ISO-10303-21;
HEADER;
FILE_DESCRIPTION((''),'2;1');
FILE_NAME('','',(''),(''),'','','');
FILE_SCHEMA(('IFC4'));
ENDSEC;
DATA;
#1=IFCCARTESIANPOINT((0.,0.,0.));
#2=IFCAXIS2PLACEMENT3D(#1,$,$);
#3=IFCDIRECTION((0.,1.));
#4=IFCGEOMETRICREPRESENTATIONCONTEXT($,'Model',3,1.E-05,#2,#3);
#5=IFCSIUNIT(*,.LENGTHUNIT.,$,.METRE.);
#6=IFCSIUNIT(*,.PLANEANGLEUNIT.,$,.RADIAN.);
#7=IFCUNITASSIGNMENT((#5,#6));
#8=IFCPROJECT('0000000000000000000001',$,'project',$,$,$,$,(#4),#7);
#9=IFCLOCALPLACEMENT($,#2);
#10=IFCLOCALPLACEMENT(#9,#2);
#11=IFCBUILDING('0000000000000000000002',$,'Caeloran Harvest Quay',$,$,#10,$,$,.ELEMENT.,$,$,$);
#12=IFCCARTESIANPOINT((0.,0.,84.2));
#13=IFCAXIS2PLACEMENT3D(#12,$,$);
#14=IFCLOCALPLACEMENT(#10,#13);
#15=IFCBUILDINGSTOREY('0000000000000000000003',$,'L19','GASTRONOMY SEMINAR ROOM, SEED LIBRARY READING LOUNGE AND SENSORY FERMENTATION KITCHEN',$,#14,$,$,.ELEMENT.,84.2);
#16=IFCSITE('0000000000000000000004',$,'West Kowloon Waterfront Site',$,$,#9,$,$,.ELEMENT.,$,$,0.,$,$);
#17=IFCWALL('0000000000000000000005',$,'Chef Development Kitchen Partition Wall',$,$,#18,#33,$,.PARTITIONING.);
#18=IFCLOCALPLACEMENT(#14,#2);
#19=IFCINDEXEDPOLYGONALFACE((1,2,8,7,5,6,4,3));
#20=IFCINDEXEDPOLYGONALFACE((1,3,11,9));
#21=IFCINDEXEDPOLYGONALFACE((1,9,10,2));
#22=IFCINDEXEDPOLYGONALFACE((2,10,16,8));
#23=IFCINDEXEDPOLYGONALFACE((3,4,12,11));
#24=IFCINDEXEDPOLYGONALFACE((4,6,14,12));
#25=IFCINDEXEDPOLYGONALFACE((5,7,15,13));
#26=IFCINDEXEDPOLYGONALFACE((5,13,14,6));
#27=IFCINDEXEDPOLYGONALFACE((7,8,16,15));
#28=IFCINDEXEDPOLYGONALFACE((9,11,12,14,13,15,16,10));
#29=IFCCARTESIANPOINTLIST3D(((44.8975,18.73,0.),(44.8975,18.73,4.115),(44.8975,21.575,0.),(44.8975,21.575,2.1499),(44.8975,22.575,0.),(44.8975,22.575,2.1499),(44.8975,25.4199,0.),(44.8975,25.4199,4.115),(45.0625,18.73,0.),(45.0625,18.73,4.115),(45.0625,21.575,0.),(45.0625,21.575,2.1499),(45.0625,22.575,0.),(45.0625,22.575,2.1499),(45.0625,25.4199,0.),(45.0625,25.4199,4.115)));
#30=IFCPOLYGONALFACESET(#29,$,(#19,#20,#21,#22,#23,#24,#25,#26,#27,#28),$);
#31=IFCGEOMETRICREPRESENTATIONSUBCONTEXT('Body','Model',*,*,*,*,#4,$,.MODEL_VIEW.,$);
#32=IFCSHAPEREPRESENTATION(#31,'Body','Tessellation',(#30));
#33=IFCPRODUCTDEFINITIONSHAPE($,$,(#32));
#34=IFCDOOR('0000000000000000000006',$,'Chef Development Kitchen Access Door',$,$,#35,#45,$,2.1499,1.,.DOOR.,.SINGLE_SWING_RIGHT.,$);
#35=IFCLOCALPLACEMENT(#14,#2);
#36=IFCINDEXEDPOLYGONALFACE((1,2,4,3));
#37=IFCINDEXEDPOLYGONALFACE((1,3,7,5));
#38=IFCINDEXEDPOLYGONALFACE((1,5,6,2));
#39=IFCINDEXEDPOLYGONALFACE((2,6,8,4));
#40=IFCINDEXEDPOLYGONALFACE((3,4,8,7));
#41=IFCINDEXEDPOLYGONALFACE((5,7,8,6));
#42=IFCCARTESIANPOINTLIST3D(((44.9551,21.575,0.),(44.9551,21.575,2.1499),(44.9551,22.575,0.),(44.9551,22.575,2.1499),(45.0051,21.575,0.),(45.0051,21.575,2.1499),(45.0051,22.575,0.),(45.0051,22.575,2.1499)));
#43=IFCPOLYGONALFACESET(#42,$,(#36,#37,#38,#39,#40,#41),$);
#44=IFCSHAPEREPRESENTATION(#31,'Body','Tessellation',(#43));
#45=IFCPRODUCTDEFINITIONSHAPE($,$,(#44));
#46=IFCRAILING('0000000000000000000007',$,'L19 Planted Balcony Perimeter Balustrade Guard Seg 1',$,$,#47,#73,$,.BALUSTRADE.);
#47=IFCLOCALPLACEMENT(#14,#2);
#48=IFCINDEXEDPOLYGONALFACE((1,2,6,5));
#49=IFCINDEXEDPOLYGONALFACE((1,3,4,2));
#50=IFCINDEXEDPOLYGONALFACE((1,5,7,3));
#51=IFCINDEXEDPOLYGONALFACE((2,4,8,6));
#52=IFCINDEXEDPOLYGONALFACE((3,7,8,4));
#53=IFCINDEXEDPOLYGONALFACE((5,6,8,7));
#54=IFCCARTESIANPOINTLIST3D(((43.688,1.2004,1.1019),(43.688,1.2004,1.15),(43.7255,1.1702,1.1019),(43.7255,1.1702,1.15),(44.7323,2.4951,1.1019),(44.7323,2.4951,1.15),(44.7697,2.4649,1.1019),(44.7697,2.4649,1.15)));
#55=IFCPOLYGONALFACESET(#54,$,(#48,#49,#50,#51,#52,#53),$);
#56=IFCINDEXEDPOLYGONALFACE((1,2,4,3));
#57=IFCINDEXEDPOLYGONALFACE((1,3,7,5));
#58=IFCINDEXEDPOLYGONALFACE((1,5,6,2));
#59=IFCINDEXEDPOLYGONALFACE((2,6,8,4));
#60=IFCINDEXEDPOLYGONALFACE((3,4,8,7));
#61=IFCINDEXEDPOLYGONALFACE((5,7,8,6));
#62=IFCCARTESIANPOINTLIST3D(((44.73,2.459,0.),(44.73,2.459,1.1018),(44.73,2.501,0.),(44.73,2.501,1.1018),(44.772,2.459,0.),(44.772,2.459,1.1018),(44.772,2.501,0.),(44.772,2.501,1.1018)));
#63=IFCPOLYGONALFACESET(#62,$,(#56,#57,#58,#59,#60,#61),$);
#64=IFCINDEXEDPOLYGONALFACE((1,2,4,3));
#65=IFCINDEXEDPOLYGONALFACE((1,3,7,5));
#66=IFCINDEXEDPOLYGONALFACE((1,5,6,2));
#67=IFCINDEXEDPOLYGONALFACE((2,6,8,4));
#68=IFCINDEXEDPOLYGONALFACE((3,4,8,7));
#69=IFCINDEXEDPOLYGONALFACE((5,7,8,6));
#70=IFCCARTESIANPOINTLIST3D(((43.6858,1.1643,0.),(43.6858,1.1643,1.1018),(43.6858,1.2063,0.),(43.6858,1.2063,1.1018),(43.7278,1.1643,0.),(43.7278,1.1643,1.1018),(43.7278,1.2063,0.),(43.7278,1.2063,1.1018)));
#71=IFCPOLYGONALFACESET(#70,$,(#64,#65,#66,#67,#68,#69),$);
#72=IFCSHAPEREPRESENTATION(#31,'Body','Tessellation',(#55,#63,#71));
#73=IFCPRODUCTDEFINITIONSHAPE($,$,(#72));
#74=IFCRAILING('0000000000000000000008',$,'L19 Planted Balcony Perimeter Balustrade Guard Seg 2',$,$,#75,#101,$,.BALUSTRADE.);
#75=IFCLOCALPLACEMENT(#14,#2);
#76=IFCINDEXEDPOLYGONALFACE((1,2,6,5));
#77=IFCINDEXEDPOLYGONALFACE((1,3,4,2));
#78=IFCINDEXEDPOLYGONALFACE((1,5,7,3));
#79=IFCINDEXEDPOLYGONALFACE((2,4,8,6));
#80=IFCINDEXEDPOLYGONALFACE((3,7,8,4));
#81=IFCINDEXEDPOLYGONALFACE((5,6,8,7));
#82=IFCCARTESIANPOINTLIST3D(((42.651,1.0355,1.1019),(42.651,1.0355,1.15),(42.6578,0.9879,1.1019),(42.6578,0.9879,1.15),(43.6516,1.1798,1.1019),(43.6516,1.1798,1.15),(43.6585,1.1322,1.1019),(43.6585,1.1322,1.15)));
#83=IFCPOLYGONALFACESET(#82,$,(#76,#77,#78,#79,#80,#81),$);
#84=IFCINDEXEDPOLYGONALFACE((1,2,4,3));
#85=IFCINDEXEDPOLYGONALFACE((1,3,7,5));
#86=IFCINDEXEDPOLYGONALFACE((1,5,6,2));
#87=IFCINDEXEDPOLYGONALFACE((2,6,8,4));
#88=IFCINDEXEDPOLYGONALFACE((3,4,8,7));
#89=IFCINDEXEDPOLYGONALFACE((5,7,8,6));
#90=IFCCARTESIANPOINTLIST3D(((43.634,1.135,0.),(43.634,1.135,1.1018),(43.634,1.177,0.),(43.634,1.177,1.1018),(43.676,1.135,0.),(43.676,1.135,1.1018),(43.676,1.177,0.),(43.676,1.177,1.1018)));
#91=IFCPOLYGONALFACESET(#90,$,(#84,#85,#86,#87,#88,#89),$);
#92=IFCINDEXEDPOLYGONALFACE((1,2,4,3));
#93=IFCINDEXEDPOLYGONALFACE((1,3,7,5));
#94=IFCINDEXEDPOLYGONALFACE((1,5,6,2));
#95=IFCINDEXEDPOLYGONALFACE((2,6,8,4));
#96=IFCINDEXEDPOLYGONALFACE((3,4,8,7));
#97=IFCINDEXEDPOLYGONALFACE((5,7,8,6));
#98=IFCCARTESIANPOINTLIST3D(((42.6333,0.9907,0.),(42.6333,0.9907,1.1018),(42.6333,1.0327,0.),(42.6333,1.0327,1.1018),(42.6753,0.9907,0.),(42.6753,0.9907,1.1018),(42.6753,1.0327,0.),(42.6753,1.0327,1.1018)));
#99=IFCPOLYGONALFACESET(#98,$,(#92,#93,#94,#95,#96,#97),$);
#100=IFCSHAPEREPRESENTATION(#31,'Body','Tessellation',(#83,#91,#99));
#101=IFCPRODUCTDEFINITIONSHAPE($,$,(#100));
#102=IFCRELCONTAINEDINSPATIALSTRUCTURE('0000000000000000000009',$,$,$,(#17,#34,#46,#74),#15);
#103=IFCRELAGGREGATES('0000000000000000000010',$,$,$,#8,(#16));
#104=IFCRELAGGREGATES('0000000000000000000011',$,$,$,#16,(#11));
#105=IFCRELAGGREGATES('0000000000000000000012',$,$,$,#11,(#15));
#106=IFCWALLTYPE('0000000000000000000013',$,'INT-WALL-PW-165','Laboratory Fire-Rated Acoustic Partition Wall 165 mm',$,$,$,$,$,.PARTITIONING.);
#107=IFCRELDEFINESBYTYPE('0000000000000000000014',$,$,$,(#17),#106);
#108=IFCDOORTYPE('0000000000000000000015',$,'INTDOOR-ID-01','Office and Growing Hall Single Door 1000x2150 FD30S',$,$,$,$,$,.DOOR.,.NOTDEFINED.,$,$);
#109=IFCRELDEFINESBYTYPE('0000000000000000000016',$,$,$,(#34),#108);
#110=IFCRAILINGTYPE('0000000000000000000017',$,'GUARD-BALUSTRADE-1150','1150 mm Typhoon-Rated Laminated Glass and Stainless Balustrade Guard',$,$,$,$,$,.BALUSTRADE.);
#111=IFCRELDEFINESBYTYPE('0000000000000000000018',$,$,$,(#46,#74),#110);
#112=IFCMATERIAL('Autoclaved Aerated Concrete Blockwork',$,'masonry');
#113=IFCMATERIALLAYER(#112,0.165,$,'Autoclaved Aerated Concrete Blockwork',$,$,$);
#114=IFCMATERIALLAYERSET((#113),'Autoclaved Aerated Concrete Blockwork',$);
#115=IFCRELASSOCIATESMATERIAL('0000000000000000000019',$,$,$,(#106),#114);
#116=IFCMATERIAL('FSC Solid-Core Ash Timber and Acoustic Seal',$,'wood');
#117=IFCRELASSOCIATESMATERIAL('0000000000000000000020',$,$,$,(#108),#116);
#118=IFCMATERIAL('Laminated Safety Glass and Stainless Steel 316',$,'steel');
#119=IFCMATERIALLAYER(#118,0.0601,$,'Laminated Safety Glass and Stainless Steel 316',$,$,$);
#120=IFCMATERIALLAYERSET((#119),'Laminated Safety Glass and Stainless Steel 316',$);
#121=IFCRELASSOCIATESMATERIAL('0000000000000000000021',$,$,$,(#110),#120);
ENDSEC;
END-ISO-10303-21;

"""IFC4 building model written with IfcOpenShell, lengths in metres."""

from ifc_helpers import new_model, si_unit, direction, frame, frame_2d, origin, origin_2d, place, context, subcontext, project, spatial, rectangle, extrude, material, layer, layer_set, type_object, element, fill, save


model = new_model("IFC4")

# Units and contexts
model_context = context("Model", 3, precision=1e-05, world=origin(), true_north=direction((0.0, 1.0)))
body_context = subcontext(model_context, "Body", "Model", "MODEL_VIEW")
ifc_project = project(units=[si_unit("LENGTHUNIT", "METRE"), si_unit("PLANEANGLEUNIT", "RADIAN")], contexts=[model_context])

# Site, building, storey
site_placement = place(None, origin())
site = spatial("IfcSite", under=ifc_project, at=site_placement, Name="West Kowloon Waterfront Site", CompositionType="ELEMENT", RefElevation=0.0)
building_placement = place(site_placement, origin())
building = spatial("IfcBuilding", under=site, at=building_placement, Name="Caeloran Harvest Quay", CompositionType="ELEMENT")
storey_placement = place(building_placement, frame((0.0, 0.0, 84.2)))
storey = spatial("IfcBuildingStorey", under=building, at=storey_placement, Name="L19", Description="GASTRONOMY SEMINAR ROOM, SEED LIBRARY READING LOUNGE AND SENSORY FERMENTATION KITCHEN", CompositionType="ELEMENT", Elevation=84.2)

# Shared definitions
ifc_material_1 = material(Name="Autoclaved Aerated Concrete Blockwork", Category="masonry")
ifc_layer_1 = layer(ifc_material_1, 0.165, Name="Autoclaved Aerated Concrete Blockwork")
ifc_layer_set_1 = layer_set([ifc_layer_1], Name="Autoclaved Aerated Concrete Blockwork")
wall_type_1 = type_object("IfcWallType", Name="INT-WALL-PW-165", Description="Laboratory Fire-Rated Acoustic Partition Wall 165 mm", PredefinedType="PARTITIONING", material=ifc_layer_set_1)

# Wall, opening, door
wall_1_placement = place(storey_placement, frame((44.98, 18.73, 0.0), z_axis=(0.0, 0.0, 1.0), x_axis=(0.0, 1.0, 0.0)))
wall_1 = element("IfcWall", 1, at=wall_1_placement, inside=storey, type_object=wall_type_1, Name="Chef Development Kitchen Partition Wall", PredefinedType="PARTITIONING", context=body_context, shape_type="SweptSolid", body=[
    extrude(rectangle(XDim=6.6899, YDim=0.165, at=frame_2d((3.345, 0.0))), origin(), (0.0, 0.0, 1.0), 4.115),
])
opening_1_placement = place(wall_1_placement, frame((2.845, 0.0, 0.0)))
opening_1 = element("IfcOpeningElement", 2, at=opening_1_placement, cuts=wall_1, PredefinedType="OPENING", context=body_context, shape_type="SweptSolid", body=[
    extrude(rectangle(XDim=1.0, YDim=2.1499, at=frame_2d((0.5, 1.075))), frame((0.0, 0.0925, 0.0), z_axis=(0.0, -1.0, 0.0), x_axis=(1.0, 0.0, 0.0)), (0.0, 0.0, 1.0), 0.1851),
])
ifc_material_2 = material(Name="FSC Solid-Core Ash Timber and Acoustic Seal", Category="wood")
door_type_1 = type_object("IfcDoorType", Name="INTDOOR-ID-01", Description="Office and Growing Hall Single Door 1000x2150 FD30S", OperationType="NOTDEFINED", PredefinedType="DOOR", material=ifc_material_2)
door_1_placement = place(opening_1_placement, origin())
door_1 = element("IfcDoor", 3, at=door_1_placement, inside=storey, type_object=door_type_1, Name="Chef Development Kitchen Access Door", OperationType="SINGLE_SWING_RIGHT", OverallHeight=2.1499, OverallWidth=1.0, PredefinedType="DOOR", context=body_context, shape_type="SweptSolid", body=[
    extrude(rectangle(XDim=1.0, YDim=2.1499, at=frame_2d((0.5, 1.075))), frame((0.0, 0.0249, 0.0), z_axis=(0.0, -1.0, 0.0), x_axis=(1.0, 0.0, 0.0)), (0.0, 0.0, 1.0), 0.05),
])
fill(opening_1, door_1)

# Railings
ifc_material_3 = material(Name="Laminated Safety Glass and Stainless Steel 316", Category="steel")
ifc_layer_2 = layer(ifc_material_3, 0.0601, Name="Laminated Safety Glass and Stainless Steel 316")
ifc_layer_set_2 = layer_set([ifc_layer_2], Name="Laminated Safety Glass and Stainless Steel 316")
railing_type = type_object("IfcRailingType", Name="GUARD-BALUSTRADE-1150", Description="1150 mm Typhoon-Rated Laminated Glass and Stainless Balustrade Guard", PredefinedType="BALUSTRADE", material=ifc_layer_set_2)
railing_1_placement = place(storey_placement, frame((44.751, 2.48, 0.0)))
element("IfcRailing", 4, at=railing_1_placement, inside=storey, type_object=railing_type, Name="L19 Planted Balcony Perimeter Balustrade Guard Seg 1", PredefinedType="BALUSTRADE", context=body_context, shape_type="SweptSolid", body=[
    extrude(rectangle(XDim=0.0481, YDim=0.0481, at=origin_2d()), frame((0.0, 0.0, 1.126), z_axis=(-0.627787, -0.778385, 0.0), x_axis=(0.778385, -0.627787, 0.0)), (0.0, 0.0, 1.0), 1.6633),
    extrude(rectangle(XDim=0.042, YDim=0.042, at=origin_2d()), origin(), (0.0, 0.0, 1.0), 1.1018),
    extrude(rectangle(XDim=0.042, YDim=0.042, at=origin_2d()), frame((-1.0442, -1.2947, 0.0)), (0.0, 0.0, 1.0), 1.1018),
])
railing_2_placement = place(storey_placement, frame((43.655, 1.156, 0.0)))
element("IfcRailing", 5, at=railing_2_placement, inside=storey, type_object=railing_type, Name="L19 Planted Balcony Perimeter Balustrade Guard Seg 2", PredefinedType="BALUSTRADE", context=body_context, shape_type="SweptSolid", body=[
    extrude(rectangle(XDim=0.0481, YDim=0.0481, at=origin_2d()), frame((0.0, 0.0, 1.126), z_axis=(-0.989765, -0.142706, 0.0), x_axis=(0.142706, -0.989765, 0.0)), (0.0, 0.0, 1.0), 1.011),
    extrude(rectangle(XDim=0.042, YDim=0.042, at=origin_2d()), origin(), (0.0, 0.0, 1.0), 1.1018),
    extrude(rectangle(XDim=0.042, YDim=0.042, at=origin_2d()), frame((-1.0007, -0.1443, 0.0)), (0.0, 0.0, 1.0), 1.1018),
])

save(model, "model.ifc")
